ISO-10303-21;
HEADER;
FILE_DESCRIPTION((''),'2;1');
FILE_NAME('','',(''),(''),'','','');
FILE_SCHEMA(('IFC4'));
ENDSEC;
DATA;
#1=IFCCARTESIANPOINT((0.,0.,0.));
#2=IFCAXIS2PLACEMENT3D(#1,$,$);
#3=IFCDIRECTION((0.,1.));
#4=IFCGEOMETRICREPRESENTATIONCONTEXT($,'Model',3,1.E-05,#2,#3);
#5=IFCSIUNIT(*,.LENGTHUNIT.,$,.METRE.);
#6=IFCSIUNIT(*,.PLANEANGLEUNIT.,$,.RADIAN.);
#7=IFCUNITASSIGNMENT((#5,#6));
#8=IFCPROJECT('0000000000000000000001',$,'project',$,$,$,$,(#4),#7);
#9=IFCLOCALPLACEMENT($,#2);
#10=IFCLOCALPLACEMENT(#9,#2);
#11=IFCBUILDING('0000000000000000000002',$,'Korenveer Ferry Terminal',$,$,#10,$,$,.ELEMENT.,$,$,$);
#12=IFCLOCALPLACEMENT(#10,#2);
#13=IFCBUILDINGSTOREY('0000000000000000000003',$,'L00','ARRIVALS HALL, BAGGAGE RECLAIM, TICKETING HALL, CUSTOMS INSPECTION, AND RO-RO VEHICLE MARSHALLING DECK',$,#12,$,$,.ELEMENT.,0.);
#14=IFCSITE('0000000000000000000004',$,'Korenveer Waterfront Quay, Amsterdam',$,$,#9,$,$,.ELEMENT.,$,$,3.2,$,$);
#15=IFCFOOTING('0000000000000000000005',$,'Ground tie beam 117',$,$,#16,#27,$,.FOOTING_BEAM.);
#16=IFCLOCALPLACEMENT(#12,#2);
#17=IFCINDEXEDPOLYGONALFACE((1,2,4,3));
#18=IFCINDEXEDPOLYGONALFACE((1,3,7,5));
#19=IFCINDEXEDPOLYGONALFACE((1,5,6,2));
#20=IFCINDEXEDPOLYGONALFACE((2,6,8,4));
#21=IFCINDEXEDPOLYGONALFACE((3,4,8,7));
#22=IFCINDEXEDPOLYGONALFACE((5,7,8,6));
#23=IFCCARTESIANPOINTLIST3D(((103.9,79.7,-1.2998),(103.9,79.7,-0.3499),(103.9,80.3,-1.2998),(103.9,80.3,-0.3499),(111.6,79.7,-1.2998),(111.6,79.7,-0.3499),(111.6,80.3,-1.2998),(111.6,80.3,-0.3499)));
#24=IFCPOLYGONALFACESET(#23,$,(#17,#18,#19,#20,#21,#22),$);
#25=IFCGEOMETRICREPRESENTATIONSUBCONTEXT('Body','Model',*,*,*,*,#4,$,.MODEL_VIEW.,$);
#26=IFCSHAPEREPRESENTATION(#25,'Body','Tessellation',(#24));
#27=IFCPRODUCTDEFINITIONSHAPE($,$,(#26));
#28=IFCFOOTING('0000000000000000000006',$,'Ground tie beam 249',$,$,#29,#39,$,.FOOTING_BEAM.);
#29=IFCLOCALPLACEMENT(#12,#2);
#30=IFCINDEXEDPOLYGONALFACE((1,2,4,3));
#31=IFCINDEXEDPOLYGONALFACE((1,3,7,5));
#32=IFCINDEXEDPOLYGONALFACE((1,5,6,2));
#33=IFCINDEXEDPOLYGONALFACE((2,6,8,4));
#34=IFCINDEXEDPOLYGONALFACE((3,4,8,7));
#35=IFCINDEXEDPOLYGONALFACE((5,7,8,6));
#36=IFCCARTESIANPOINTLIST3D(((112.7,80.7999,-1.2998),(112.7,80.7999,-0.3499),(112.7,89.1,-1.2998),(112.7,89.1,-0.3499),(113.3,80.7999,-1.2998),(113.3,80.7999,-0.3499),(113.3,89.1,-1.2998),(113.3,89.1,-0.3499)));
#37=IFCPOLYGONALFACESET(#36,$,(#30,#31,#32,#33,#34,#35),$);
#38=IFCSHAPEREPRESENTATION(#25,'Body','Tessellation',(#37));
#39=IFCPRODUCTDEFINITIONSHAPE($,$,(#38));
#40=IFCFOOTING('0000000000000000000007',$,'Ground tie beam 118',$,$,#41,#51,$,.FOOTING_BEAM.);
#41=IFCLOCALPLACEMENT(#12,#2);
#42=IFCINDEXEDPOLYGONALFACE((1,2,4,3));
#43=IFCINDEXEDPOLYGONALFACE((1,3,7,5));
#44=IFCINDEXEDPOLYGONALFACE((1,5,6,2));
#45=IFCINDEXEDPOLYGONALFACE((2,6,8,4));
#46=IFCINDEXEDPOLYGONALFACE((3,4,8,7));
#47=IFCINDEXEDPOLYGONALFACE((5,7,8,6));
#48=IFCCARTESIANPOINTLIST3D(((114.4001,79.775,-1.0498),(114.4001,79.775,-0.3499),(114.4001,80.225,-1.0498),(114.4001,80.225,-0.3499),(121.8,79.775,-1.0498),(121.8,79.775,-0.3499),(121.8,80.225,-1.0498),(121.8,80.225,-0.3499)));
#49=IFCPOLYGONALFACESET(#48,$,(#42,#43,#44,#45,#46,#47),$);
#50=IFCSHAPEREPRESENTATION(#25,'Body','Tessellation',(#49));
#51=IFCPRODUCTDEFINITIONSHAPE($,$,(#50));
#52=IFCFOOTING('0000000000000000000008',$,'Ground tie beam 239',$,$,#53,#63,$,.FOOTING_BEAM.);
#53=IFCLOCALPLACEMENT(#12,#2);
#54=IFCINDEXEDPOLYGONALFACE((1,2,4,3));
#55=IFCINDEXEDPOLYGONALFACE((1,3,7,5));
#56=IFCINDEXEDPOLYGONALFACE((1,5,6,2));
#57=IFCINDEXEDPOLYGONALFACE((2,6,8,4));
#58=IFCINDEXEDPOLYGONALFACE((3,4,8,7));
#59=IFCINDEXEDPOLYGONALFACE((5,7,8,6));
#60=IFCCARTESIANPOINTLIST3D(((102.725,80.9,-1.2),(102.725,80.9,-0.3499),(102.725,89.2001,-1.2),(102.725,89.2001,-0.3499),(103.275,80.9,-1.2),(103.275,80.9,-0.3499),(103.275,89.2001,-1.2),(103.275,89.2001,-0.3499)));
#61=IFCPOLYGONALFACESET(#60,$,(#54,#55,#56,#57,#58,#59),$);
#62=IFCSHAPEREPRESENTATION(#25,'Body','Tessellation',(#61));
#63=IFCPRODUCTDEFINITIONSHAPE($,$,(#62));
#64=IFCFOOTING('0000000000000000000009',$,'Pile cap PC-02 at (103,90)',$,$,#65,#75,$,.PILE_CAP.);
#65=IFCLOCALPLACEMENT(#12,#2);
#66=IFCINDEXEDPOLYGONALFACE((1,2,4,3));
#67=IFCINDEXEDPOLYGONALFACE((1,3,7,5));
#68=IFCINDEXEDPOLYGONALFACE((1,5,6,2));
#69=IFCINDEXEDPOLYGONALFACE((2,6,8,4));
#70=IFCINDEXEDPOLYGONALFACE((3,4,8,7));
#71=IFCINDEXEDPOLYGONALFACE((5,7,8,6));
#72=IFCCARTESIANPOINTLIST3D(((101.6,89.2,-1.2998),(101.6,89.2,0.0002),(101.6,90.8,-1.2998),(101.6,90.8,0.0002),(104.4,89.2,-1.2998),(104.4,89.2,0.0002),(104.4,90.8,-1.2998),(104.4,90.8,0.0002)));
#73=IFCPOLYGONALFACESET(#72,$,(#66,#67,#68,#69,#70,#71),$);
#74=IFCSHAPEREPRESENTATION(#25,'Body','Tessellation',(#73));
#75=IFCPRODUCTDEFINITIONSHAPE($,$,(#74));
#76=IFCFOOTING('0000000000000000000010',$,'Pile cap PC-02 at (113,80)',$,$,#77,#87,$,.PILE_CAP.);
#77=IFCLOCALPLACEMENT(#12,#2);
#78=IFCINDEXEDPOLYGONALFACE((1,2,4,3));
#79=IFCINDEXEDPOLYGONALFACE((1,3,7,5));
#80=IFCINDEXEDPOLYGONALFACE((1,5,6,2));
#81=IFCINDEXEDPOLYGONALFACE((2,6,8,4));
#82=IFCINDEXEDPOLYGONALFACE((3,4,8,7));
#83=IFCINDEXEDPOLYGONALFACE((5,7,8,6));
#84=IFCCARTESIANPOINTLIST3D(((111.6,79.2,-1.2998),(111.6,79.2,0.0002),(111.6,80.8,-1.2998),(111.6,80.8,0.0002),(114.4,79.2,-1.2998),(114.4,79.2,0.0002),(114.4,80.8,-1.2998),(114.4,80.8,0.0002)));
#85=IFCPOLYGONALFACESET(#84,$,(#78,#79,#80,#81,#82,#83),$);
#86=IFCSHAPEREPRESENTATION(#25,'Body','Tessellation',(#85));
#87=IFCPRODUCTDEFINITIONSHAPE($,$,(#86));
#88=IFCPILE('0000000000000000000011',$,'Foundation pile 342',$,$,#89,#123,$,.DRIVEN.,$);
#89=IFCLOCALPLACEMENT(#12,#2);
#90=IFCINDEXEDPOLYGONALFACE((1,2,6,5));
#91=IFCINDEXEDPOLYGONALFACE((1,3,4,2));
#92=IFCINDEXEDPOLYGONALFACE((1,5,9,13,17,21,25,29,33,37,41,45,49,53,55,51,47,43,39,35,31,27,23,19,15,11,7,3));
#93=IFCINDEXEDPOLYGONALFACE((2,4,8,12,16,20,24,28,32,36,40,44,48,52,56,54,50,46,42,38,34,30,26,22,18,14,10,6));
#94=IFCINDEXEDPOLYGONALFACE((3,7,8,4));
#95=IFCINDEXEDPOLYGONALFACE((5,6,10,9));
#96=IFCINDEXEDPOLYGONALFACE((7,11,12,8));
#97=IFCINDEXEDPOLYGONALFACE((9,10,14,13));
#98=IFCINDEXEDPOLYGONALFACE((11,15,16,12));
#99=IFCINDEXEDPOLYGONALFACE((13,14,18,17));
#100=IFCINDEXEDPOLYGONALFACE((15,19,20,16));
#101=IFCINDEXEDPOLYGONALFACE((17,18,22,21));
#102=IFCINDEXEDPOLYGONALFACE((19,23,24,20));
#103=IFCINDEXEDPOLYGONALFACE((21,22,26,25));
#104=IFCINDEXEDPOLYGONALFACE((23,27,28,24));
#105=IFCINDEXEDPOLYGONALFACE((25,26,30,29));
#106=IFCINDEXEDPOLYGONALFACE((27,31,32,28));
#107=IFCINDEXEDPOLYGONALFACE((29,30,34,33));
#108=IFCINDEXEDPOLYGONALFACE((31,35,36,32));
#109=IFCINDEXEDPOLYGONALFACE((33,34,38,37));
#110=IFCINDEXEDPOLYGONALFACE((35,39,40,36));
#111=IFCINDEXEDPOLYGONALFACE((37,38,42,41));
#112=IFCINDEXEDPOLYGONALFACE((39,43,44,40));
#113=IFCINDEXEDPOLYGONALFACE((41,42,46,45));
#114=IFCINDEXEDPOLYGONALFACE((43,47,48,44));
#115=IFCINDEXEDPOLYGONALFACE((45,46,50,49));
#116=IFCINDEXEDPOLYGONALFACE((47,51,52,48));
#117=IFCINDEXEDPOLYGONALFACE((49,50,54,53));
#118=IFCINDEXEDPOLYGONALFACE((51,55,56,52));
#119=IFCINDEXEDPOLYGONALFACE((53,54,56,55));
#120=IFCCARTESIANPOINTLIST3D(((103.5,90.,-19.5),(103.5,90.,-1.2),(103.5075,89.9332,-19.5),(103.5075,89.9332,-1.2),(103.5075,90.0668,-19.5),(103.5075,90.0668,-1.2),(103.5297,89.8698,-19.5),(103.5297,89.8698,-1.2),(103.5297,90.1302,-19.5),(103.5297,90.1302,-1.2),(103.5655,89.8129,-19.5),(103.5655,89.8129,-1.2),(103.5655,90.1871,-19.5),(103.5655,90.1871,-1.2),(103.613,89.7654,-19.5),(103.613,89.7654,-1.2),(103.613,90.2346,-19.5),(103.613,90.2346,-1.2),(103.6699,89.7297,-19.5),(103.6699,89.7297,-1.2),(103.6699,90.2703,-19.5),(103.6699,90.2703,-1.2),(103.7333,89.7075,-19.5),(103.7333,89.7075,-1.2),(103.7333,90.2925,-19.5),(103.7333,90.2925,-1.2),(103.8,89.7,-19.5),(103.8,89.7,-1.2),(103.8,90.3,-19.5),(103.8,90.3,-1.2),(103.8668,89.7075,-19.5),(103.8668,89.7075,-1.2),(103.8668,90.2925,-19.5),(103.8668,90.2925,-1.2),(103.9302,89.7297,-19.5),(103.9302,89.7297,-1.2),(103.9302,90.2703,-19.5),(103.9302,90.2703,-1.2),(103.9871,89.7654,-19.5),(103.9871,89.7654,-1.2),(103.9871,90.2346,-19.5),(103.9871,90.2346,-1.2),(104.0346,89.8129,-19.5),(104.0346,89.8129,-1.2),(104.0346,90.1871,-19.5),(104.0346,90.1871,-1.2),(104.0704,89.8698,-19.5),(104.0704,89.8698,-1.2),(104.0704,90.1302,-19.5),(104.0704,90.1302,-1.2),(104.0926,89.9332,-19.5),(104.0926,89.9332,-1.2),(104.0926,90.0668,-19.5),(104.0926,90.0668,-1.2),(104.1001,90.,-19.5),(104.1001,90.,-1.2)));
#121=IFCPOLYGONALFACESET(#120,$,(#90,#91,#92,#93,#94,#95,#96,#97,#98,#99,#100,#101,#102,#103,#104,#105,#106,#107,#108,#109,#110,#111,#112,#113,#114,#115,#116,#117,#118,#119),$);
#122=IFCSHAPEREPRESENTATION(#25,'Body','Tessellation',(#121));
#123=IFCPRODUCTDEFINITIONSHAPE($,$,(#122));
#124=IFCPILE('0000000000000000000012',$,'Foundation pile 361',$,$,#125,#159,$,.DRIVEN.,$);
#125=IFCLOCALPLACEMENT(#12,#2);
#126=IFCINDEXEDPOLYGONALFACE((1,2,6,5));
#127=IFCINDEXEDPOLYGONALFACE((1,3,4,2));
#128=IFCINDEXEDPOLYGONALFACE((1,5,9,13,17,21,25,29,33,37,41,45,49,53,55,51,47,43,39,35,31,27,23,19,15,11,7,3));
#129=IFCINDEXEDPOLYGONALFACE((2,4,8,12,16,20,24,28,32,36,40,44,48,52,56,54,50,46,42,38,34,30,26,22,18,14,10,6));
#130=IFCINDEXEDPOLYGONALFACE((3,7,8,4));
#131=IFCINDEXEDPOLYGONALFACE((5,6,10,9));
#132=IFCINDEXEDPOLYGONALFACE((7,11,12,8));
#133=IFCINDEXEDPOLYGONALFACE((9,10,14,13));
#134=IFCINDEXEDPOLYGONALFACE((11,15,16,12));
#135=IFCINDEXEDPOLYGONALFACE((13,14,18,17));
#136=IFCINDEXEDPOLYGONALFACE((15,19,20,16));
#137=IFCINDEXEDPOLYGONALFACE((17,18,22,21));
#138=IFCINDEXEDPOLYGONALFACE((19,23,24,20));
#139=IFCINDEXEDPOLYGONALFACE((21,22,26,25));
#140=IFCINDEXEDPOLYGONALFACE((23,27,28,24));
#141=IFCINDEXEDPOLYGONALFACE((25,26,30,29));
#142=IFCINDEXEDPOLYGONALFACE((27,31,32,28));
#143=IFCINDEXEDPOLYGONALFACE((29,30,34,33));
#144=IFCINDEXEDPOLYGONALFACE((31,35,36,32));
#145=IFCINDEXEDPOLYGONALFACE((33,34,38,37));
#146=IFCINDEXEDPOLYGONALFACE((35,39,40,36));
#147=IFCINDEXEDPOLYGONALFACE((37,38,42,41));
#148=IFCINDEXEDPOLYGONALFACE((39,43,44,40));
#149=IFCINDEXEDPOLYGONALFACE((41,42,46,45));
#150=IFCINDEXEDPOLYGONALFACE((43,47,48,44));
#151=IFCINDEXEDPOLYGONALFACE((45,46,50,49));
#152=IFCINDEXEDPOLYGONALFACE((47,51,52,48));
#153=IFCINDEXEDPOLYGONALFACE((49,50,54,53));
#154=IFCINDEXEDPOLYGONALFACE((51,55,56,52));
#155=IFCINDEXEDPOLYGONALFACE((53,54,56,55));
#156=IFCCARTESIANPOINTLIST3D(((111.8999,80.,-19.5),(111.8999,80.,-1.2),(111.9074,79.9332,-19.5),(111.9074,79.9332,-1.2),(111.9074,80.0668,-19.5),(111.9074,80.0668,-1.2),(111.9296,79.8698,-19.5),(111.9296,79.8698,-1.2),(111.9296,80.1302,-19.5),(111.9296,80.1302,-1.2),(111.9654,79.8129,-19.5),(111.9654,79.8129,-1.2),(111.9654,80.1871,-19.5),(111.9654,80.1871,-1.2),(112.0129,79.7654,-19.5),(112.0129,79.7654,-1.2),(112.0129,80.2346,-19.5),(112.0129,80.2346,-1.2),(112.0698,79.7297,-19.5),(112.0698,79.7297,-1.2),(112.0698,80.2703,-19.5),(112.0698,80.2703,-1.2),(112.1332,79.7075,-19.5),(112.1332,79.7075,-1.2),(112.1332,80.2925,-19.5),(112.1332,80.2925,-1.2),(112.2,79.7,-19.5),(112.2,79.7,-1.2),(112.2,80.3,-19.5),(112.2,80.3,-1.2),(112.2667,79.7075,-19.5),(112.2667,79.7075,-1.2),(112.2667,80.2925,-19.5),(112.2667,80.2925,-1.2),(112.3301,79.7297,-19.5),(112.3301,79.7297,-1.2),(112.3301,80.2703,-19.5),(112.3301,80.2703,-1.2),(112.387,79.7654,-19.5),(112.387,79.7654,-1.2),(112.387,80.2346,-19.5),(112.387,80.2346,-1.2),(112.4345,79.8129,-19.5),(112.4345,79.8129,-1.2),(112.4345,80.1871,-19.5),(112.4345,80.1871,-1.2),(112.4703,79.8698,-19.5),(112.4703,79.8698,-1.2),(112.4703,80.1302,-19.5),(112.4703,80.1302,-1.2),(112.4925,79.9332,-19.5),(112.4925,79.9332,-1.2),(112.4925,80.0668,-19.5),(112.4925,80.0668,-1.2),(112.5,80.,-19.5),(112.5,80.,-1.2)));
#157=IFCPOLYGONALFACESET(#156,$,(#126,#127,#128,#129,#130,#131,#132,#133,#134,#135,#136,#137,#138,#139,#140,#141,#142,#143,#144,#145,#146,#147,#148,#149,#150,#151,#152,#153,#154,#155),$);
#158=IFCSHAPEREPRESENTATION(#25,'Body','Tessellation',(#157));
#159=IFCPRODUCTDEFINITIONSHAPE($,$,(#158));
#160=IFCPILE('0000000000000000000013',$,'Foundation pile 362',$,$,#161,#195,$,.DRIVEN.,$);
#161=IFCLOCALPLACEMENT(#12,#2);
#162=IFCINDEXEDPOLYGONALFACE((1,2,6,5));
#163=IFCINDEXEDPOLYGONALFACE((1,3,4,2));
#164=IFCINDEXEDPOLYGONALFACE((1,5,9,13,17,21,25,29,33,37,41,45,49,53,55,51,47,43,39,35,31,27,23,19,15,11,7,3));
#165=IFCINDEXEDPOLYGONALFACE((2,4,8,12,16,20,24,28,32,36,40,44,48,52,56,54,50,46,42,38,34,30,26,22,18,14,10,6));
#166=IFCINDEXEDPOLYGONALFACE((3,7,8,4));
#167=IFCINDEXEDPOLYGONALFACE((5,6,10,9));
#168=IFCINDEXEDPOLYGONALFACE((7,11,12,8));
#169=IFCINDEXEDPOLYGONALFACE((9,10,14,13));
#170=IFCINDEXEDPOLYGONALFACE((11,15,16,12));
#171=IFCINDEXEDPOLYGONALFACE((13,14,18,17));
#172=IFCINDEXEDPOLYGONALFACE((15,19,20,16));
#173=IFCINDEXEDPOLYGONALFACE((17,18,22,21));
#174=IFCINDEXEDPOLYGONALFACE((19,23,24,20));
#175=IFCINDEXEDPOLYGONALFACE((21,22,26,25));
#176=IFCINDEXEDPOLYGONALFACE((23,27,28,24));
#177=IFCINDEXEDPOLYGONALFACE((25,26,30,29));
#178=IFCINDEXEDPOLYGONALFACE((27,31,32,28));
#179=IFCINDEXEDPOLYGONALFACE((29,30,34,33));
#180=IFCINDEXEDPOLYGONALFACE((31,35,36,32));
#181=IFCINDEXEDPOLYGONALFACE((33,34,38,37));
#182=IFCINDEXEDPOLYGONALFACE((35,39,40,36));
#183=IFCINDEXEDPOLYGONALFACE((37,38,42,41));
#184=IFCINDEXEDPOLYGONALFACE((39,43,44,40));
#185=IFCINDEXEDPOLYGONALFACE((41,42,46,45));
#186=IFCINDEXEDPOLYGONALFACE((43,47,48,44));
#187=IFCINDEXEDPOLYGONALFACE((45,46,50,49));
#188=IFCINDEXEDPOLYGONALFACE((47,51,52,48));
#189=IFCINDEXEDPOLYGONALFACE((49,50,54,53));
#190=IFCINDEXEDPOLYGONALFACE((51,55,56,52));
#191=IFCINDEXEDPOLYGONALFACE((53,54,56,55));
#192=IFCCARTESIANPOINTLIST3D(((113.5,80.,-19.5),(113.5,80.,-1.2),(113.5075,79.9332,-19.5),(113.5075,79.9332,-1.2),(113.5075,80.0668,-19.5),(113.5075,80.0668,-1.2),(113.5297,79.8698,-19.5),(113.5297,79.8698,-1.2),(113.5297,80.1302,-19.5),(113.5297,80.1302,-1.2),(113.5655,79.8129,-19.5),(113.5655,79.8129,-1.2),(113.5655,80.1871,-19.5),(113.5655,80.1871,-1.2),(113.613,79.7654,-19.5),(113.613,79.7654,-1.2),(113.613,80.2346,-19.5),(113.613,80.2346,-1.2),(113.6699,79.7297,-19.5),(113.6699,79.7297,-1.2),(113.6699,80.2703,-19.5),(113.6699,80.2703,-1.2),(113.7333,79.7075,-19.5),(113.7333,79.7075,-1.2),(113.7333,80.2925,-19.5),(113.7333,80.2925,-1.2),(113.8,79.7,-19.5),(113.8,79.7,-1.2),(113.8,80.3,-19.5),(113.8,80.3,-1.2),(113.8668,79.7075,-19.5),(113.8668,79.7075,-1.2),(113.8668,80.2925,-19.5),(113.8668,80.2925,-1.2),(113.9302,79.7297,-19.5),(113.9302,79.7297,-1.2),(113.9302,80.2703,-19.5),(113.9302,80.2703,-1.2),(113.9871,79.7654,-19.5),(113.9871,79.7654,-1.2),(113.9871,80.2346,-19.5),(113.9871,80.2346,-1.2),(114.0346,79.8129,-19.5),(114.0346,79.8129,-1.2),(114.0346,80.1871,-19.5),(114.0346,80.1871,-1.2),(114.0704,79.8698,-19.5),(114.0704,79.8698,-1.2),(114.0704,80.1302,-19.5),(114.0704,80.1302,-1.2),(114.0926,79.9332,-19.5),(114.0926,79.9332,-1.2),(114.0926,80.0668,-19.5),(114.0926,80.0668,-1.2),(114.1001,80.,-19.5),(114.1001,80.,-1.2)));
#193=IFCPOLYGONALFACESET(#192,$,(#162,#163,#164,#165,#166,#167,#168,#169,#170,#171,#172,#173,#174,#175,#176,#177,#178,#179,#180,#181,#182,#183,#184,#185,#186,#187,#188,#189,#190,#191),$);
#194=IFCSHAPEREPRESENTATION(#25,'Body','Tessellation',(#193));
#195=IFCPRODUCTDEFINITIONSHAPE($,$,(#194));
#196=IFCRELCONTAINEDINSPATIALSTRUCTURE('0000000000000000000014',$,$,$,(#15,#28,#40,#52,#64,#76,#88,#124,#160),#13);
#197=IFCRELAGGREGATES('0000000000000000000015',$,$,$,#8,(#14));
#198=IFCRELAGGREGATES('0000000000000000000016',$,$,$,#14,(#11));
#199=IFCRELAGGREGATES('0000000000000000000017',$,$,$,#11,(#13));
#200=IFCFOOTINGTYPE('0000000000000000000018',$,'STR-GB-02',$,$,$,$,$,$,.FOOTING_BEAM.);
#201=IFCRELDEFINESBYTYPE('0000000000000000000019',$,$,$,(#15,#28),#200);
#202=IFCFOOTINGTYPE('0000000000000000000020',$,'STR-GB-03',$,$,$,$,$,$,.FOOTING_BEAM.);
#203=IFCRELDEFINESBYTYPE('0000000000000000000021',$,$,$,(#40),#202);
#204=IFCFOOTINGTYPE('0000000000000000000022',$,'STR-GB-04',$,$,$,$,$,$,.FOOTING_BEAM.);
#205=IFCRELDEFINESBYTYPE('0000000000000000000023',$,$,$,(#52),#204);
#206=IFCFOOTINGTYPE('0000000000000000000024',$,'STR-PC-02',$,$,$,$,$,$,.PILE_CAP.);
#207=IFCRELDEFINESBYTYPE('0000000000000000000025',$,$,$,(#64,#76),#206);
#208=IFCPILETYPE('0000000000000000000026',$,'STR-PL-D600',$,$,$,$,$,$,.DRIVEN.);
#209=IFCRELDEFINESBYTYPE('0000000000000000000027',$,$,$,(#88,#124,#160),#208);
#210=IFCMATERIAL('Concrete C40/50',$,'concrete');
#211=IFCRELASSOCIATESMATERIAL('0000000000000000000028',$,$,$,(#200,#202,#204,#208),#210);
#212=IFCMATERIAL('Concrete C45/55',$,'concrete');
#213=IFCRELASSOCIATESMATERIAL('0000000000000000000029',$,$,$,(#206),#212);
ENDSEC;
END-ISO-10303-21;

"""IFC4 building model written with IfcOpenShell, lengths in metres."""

from ifc_helpers import new_model, si_unit, direction, frame, origin, origin_2d, place, context, subcontext, project, spatial, rectangle, circle, extrude, material, material_profile, profile_set, type_object, element, save


model = new_model("IFC4")

# Units and contexts
model_context = context("Model", 3, precision=1e-05, world=origin(), true_north=direction((0.0, 1.0)))
body_context = subcontext(model_context, "Body", "Model", "MODEL_VIEW")
ifc_project = project(units=[si_unit("LENGTHUNIT", "METRE"), si_unit("PLANEANGLEUNIT", "RADIAN")], contexts=[model_context])

# Site, building, storey
site_placement = place(None, origin())
site = spatial("IfcSite", under=ifc_project, at=site_placement, Name="Korenveer Waterfront Quay, Amsterdam", CompositionType="ELEMENT", RefElevation=3.2)
building_placement = place(site_placement, origin())
building = spatial("IfcBuilding", under=site, at=building_placement, Name="Korenveer Ferry Terminal", CompositionType="ELEMENT")
storey_placement = place(building_placement, origin())
storey = spatial("IfcBuildingStorey", under=building, at=storey_placement, Name="L00", Description="ARRIVALS HALL, BAGGAGE RECLAIM, TICKETING HALL, CUSTOMS INSPECTION, AND RO-RO VEHICLE MARSHALLING DECK", CompositionType="ELEMENT", Elevation=0.0)

# Footings
ifc_material_1 = material(Name="Concrete C40/50", Category="concrete")
footing_type_1 = type_object("IfcFootingType", Name="STR-GB-02", PredefinedType="FOOTING_BEAM", material=ifc_material_1)
footing_1_placement = place(storey_placement, frame((107.75, 80.0, -1.2998), z_axis=(0.0, 0.0, 1.0), x_axis=(1.0, 0.0, 0.0)))
element("IfcFooting", 1, at=footing_1_placement, inside=storey, type_object=footing_type_1, Name="Ground tie beam 117", PredefinedType="FOOTING_BEAM", context=body_context, shape_type="SweptSolid", body=[
    extrude(rectangle(XDim=7.7, YDim=0.6001, at=origin_2d()), origin(), (0.0, 0.0, 1.0), 0.95),
])
footing_2_placement = place(storey_placement, frame((113.0, 84.95, -1.2998), z_axis=(0.0, 0.0, 1.0), x_axis=(1.0, 0.0, 0.0)))
element("IfcFooting", 2, at=footing_2_placement, inside=storey, type_object=footing_type_1, Name="Ground tie beam 249", PredefinedType="FOOTING_BEAM", context=body_context, shape_type="SweptSolid", body=[
    extrude(rectangle(XDim=0.6001, YDim=8.3, at=origin_2d()), origin(), (0.0, 0.0, 1.0), 0.95),
])
footing_type_2 = type_object("IfcFootingType", Name="STR-GB-03", PredefinedType="FOOTING_BEAM", material=ifc_material_1)
footing_3_placement = place(storey_placement, frame((118.1001, 80.0, -1.0498), z_axis=(0.0, 0.0, 1.0), x_axis=(1.0, 0.0, 0.0)))
element("IfcFooting", 3, at=footing_3_placement, inside=storey, type_object=footing_type_2, Name="Ground tie beam 118", PredefinedType="FOOTING_BEAM", context=body_context, shape_type="SweptSolid", body=[
    extrude(rectangle(XDim=7.3999, YDim=0.45, at=origin_2d()), origin(), (0.0, 0.0, 1.0), 0.7),
])
footing_type_3 = type_object("IfcFootingType", Name="STR-GB-04", PredefinedType="FOOTING_BEAM", material=ifc_material_1)
footing_4_placement = place(storey_placement, frame((103.0, 85.05, -1.2), z_axis=(0.0, 0.0, 1.0), x_axis=(1.0, 0.0, 0.0)))
element("IfcFooting", 4, at=footing_4_placement, inside=storey, type_object=footing_type_3, Name="Ground tie beam 239", PredefinedType="FOOTING_BEAM", context=body_context, shape_type="SweptSolid", body=[
    extrude(rectangle(XDim=0.55, YDim=8.3, at=origin_2d()), origin(), (0.0, 0.0, 1.0), 0.8501),
])
ifc_material_2 = material(Name="Concrete C45/55", Category="concrete")
footing_type_4 = type_object("IfcFootingType", Name="STR-PC-02", PredefinedType="PILE_CAP", material=ifc_material_2)
for number, where, z_axis, x_axis, name in (
    (5, (103.0, 90.0, -1.2998), (0.0, 0.0, 1.0), (1.0, 0.0, 0.0), "Pile cap PC-02 at (103,90)"),
    (6, (113.0, 80.0, -1.2998), (0.0, 0.0, 1.0), (1.0, 0.0, 0.0), "Pile cap PC-02 at (113,80)"),
):
    element("IfcFooting", number, at=place(storey_placement, frame(where, z_axis=z_axis, x_axis=x_axis)), inside=storey, type_object=footing_type_4, Name=name, PredefinedType="PILE_CAP", context=body_context, shape_type="SweptSolid", body=[
        extrude(rectangle(XDim=2.8, YDim=1.6001, at=origin_2d()), origin(), (0.0, 0.0, 1.0), 1.3),
    ])

# Piles
ifc_material_profile_1 = material_profile(ifc_material_1, circle(Radius=0.3, at=origin_2d()), Name="PILE D600")
ifc_profile_set_1 = profile_set([ifc_material_profile_1], Name="Concrete C40/50")
pile_type = type_object("IfcPileType", Name="STR-PL-D600", PredefinedType="DRIVEN", material=ifc_profile_set_1)
for number, where, z_axis, x_axis, name in (
    (7, (103.8, 90.0, -1.2), (0.0, 0.0, -1.0), (1.0, 0.0, 0.0), "Foundation pile 342"),
    (8, (112.2, 80.0, -1.2), (0.0, 0.0, -1.0), (1.0, 0.0, 0.0), "Foundation pile 361"),
    (9, (113.8, 80.0, -1.2), (0.0, 0.0, -1.0), (1.0, 0.0, 0.0), "Foundation pile 362"),
):
    element("IfcPile", number, at=place(storey_placement, frame(where, z_axis=z_axis, x_axis=x_axis)), inside=storey, type_object=pile_type, Name=name, PredefinedType="DRIVEN", context=body_context, shape_type="SweptSolid", body=[
        extrude(circle(Radius=0.3, at=origin_2d()), origin(), (0.0, 0.0, 1.0), 18.3),
    ])

save(model, "model.ifc")
